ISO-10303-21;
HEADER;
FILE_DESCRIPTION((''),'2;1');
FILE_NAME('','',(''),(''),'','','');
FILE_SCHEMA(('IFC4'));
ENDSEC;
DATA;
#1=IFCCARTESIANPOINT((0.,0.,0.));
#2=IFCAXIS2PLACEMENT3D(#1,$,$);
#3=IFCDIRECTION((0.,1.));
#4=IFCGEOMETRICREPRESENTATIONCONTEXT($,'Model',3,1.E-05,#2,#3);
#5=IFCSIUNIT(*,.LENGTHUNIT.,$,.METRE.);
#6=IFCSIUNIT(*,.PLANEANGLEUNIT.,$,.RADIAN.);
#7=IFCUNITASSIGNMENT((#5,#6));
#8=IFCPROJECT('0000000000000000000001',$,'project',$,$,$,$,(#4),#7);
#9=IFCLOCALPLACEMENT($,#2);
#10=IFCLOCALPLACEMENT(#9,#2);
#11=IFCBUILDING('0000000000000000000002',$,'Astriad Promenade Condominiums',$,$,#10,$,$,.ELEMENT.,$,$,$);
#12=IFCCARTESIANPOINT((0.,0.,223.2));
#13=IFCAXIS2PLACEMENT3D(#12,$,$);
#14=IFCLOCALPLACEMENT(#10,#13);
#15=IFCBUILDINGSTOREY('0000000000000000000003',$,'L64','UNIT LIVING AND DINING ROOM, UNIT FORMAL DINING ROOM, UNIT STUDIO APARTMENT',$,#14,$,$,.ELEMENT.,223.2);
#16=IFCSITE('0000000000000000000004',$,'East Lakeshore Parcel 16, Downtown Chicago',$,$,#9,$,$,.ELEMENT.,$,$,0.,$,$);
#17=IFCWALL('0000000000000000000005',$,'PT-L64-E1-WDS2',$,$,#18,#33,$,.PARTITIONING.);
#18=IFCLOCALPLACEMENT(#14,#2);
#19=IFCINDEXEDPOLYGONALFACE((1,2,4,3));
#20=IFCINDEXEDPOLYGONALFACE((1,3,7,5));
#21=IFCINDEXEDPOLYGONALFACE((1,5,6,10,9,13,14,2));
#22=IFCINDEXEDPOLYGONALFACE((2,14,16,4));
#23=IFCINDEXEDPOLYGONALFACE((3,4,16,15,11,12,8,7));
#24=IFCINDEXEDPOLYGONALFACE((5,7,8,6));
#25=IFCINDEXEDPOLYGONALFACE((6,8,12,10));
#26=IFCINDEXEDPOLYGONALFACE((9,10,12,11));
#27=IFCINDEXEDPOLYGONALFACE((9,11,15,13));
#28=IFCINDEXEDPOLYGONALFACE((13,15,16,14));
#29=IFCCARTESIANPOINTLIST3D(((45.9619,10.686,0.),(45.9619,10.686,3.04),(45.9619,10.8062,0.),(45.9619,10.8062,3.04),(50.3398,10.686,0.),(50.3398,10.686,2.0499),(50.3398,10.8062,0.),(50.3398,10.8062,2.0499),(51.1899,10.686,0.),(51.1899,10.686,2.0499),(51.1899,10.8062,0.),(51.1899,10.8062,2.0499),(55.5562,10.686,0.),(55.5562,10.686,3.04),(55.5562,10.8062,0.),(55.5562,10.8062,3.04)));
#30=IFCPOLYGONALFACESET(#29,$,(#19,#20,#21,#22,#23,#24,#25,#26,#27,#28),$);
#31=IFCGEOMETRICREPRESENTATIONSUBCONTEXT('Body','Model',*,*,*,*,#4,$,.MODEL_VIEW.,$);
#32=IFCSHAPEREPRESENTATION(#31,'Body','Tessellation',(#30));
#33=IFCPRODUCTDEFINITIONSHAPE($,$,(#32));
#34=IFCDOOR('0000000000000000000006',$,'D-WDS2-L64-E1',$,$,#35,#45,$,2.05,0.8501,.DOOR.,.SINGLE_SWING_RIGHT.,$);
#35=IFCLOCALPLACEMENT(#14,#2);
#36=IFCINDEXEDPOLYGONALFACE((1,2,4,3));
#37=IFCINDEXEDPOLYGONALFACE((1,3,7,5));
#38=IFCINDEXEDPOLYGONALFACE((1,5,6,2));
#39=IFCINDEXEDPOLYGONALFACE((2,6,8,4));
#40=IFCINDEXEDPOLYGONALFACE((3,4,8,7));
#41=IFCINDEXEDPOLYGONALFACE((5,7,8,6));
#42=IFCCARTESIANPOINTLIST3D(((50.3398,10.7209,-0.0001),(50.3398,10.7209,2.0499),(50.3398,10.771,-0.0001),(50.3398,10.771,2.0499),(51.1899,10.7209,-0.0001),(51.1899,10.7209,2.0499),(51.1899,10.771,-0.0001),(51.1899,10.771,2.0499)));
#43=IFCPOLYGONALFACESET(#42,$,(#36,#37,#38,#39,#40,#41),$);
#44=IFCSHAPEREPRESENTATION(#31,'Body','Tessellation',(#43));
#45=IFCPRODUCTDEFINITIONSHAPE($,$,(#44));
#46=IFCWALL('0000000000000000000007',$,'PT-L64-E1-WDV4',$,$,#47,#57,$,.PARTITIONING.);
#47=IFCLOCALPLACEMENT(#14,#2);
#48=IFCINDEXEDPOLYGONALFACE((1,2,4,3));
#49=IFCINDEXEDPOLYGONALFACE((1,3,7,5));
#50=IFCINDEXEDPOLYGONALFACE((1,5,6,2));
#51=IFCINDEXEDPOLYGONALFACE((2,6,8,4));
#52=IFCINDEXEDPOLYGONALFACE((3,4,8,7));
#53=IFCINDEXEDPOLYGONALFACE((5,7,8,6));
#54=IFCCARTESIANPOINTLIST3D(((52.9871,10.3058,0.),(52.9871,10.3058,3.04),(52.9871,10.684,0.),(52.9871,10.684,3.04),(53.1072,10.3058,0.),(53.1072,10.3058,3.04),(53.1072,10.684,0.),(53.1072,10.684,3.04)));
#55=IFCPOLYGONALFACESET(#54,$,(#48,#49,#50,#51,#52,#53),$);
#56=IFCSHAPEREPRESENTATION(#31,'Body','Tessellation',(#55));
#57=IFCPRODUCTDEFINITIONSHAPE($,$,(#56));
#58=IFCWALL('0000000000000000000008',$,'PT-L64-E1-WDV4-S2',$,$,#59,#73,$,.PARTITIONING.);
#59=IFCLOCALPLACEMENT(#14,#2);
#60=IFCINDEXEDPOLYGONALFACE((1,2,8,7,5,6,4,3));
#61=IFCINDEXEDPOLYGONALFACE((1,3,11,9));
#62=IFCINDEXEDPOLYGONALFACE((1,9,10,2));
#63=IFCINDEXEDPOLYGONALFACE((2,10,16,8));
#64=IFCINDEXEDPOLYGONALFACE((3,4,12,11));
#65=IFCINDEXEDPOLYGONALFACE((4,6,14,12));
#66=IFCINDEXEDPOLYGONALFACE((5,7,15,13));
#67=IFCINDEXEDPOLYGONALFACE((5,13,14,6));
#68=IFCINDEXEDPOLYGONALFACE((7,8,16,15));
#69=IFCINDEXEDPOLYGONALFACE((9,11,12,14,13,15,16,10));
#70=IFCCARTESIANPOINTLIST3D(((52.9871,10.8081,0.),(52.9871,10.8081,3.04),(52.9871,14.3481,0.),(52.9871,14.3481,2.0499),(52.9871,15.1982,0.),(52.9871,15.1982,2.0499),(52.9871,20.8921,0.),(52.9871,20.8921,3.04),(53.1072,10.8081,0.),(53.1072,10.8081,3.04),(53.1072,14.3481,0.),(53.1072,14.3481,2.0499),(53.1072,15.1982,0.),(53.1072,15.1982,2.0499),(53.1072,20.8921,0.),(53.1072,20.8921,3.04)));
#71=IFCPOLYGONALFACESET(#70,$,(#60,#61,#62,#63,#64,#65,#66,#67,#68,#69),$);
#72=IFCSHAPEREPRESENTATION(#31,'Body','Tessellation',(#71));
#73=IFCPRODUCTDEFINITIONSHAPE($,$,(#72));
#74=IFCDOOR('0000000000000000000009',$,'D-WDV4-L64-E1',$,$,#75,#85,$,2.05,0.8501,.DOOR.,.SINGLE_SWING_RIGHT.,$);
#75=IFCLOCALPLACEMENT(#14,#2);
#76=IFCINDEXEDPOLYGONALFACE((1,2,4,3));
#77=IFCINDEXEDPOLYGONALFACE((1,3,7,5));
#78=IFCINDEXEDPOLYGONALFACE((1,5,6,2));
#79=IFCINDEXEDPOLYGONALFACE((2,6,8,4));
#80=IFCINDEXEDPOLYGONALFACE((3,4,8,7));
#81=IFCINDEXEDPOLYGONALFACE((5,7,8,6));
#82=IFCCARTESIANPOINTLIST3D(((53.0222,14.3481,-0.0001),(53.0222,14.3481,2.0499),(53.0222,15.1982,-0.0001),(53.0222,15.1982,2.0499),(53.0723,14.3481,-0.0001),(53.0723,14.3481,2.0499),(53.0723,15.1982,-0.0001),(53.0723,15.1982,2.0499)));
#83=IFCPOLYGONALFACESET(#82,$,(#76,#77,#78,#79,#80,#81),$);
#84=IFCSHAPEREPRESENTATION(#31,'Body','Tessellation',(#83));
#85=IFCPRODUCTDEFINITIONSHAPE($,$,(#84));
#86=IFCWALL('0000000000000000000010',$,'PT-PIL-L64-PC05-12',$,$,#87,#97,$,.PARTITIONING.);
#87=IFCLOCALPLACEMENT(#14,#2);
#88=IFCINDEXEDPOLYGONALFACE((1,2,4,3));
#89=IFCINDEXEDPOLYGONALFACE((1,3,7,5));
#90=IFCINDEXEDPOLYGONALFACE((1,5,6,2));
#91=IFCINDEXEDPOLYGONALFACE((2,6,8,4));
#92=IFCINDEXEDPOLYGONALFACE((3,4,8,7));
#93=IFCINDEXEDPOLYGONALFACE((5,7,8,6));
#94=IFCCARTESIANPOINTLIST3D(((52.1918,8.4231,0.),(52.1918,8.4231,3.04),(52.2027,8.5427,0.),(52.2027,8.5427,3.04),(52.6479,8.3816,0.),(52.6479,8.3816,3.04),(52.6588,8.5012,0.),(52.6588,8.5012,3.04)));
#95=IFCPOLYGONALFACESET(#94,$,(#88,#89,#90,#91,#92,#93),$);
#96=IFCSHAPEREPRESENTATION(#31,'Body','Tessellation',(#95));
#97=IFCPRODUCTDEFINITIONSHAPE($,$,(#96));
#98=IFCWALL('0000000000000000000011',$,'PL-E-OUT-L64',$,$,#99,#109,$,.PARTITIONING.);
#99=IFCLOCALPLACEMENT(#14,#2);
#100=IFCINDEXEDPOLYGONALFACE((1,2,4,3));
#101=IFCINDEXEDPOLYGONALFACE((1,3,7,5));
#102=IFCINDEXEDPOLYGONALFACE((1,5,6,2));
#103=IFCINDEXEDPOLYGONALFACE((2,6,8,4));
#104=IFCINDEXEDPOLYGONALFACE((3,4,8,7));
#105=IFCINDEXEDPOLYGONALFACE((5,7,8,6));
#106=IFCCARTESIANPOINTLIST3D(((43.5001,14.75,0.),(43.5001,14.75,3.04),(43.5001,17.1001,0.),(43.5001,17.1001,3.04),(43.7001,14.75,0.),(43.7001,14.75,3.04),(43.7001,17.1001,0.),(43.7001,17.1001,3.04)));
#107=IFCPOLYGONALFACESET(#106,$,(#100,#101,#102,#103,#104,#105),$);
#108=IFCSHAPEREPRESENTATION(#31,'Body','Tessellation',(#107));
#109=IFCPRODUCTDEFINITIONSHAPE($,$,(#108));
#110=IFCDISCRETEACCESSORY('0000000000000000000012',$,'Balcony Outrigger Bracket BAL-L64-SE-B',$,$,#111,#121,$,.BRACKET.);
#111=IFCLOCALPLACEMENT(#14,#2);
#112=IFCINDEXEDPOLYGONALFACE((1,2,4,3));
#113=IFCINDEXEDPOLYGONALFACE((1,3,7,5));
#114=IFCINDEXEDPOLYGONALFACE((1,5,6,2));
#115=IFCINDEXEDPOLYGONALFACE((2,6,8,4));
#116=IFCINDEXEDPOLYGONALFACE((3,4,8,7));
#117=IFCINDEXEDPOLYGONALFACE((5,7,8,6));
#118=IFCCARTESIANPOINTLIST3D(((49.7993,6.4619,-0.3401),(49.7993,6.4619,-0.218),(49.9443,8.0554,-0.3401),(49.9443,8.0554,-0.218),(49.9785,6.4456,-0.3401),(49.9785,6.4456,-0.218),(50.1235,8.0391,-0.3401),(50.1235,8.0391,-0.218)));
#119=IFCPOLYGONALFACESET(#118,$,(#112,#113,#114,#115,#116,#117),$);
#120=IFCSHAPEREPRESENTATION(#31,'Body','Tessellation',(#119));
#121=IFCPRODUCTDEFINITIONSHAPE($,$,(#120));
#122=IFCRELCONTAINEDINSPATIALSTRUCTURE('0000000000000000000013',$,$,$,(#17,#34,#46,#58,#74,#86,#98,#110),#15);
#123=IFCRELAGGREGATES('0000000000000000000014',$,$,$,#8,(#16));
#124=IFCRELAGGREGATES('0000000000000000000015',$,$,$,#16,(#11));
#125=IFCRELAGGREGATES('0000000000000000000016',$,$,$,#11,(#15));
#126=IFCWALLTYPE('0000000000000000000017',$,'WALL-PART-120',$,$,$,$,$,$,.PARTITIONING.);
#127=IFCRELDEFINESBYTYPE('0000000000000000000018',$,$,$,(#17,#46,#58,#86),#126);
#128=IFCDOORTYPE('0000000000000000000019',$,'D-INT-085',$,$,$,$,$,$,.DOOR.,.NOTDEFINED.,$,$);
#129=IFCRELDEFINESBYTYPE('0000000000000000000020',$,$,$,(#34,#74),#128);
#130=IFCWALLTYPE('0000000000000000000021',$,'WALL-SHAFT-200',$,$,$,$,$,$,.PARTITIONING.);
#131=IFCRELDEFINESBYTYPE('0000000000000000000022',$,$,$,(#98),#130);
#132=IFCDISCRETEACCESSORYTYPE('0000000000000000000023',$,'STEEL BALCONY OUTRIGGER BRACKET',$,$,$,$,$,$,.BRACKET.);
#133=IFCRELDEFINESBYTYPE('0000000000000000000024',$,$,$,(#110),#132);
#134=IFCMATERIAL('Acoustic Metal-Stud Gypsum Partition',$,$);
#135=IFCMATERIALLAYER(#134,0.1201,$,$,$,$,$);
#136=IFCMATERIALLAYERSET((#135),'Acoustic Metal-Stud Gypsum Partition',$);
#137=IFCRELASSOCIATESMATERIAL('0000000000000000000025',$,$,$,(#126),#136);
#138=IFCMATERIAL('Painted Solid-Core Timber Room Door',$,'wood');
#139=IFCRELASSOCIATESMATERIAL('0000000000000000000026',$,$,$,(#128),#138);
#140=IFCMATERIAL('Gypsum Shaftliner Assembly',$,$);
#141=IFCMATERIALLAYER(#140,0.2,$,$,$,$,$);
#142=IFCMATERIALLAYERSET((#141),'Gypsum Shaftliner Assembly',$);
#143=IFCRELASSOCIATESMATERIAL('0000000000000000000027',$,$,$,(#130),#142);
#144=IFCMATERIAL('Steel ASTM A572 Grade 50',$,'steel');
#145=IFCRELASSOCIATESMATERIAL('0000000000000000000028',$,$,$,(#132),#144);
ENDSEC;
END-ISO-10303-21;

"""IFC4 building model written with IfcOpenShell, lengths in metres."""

from ifc_helpers import new_model, si_unit, direction, frame, frame_2d, origin, origin_2d, place, context, subcontext, project, spatial, rectangle, extrude, source, transform, mapped, material, layer, layer_set, type_object, type_shapes, element, fill, save


model = new_model("IFC4")

# Units and contexts
model_context = context("Model", 3, precision=1e-05, world=origin(), true_north=direction((0.0, 1.0)))
body_context = subcontext(model_context, "Body", "Model", "MODEL_VIEW")
ifc_project = project(units=[si_unit("LENGTHUNIT", "METRE"), si_unit("PLANEANGLEUNIT", "RADIAN")], contexts=[model_context])

# Site, building, storey
site_placement = place(None, origin())
site = spatial("IfcSite", under=ifc_project, at=site_placement, Name="East Lakeshore Parcel 16, Downtown Chicago", CompositionType="ELEMENT", RefElevation=0.0)
building_placement = place(site_placement, origin())
building = spatial("IfcBuilding", under=site, at=building_placement, Name="Astriad Promenade Condominiums", CompositionType="ELEMENT")
storey_placement = place(building_placement, frame((0.0, 0.0, 223.2)))
storey = spatial("IfcBuildingStorey", under=building, at=storey_placement, Name="L64", Description="UNIT LIVING AND DINING ROOM, UNIT FORMAL DINING ROOM, UNIT STUDIO APARTMENT", CompositionType="ELEMENT", Elevation=223.2)

# Shared definitions
ifc_material_1 = material(Name="Acoustic Metal-Stud Gypsum Partition")
ifc_layer_1 = layer(ifc_material_1, 0.1201)
ifc_layer_set_1 = layer_set([ifc_layer_1], Name="Acoustic Metal-Stud Gypsum Partition")
wall_type_1 = type_object("IfcWallType", Name="WALL-PART-120", PredefinedType="PARTITIONING", material=ifc_layer_set_1)
ifc_material_2 = material(Name="Painted Solid-Core Timber Room Door", Category="wood")
door_type_1 = type_object("IfcDoorType", Name="D-INT-085", OperationType="NOTDEFINED", PredefinedType="DOOR", material=ifc_material_2)
shared_shape_1 = source(origin(), body_context, "Body", "SweptSolid", [
    extrude(rectangle(XDim=0.8501, YDim=2.05, at=frame_2d((0.425, 1.0249))), frame((0.0, 0.0249, 0.0), z_axis=(0.0, -1.0, 0.0), x_axis=(1.0, 0.0, 0.0)), (0.0, 0.0, 1.0), 0.05),
])
type_shapes(door_type_1, [shared_shape_1])

# Wall, opening, door
wall_1_placement = place(storey_placement, frame((45.9619, 10.7461, 0.0), z_axis=(0.0, 0.0, 1.0), x_axis=(1.0, 0.0, 0.0)))
wall_1 = element("IfcWall", 1, at=wall_1_placement, inside=storey, type_object=wall_type_1, Name="PT-L64-E1-WDS2", PredefinedType="PARTITIONING", context=body_context, shape_type="SweptSolid", body=[
    extrude(rectangle(XDim=9.5942, YDim=0.1201, at=frame_2d((4.7971, 0.0))), origin(), (0.0, 0.0, 1.0), 3.04),
])
opening_1_placement = place(wall_1_placement, frame((4.3779, 0.0, 0.0)))
opening_1 = element("IfcOpeningElement", 2, at=opening_1_placement, cuts=wall_1, PredefinedType="OPENING", context=body_context, shape_type="SweptSolid", body=[
    extrude(rectangle(XDim=0.8501, YDim=2.05, at=frame_2d((0.425, 1.0249))), frame((0.0, 0.0701, 0.0), z_axis=(0.0, -1.0, 0.0), x_axis=(1.0, 0.0, 0.0)), (0.0, 0.0, 1.0), 0.1401),
])
door_1_placement = place(opening_1_placement, origin())
door_1 = element("IfcDoor", 3, at=door_1_placement, inside=storey, type_object=door_type_1, Name="D-WDS2-L64-E1", OperationType="SINGLE_SWING_RIGHT", OverallHeight=2.05, OverallWidth=0.8501, PredefinedType="DOOR", context=body_context, shape_type="MappedRepresentation", body=[
    mapped(shared_shape_1, transform((0.0, 0.0, 0.0), scale=1.0)),
])
fill(opening_1, door_1)

# Wall
wall_2_placement = place(storey_placement, frame((53.0471, 10.3059, 0.0), z_axis=(0.0, 0.0, 1.0), x_axis=(0.0, 1.0, 0.0)))
element("IfcWall", 4, at=wall_2_placement, inside=storey, type_object=wall_type_1, Name="PT-L64-E1-WDV4", PredefinedType="PARTITIONING", context=body_context, shape_type="SweptSolid", body=[
    extrude(rectangle(XDim=0.3782, YDim=0.1201, at=frame_2d((0.189, 0.0))), origin(), (0.0, 0.0, 1.0), 3.04),
])

# Wall, opening, door
wall_3_placement = place(storey_placement, frame((53.0471, 10.8081, 0.0), z_axis=(0.0, 0.0, 1.0), x_axis=(0.0, 1.0, 0.0)))
wall_3 = element("IfcWall", 5, at=wall_3_placement, inside=storey, type_object=wall_type_1, Name="PT-L64-E1-WDV4-S2", PredefinedType="PARTITIONING", context=body_context, shape_type="SweptSolid", body=[
    extrude(rectangle(XDim=10.084, YDim=0.1201, at=frame_2d((5.042, 0.0))), origin(), (0.0, 0.0, 1.0), 3.04),
])
opening_2_placement = place(wall_3_placement, frame((3.54, 0.0, 0.0)))
opening_2 = element("IfcOpeningElement", 6, at=opening_2_placement, cuts=wall_3, PredefinedType="OPENING", context=body_context, shape_type="SweptSolid", body=[
    extrude(rectangle(XDim=0.8501, YDim=2.05, at=frame_2d((0.425, 1.0249))), frame((0.0, 0.0701, 0.0), z_axis=(0.0, -1.0, 0.0), x_axis=(1.0, 0.0, 0.0)), (0.0, 0.0, 1.0), 0.1401),
])
door_2_placement = place(opening_2_placement, origin())
door_2 = element("IfcDoor", 7, at=door_2_placement, inside=storey, type_object=door_type_1, Name="D-WDV4-L64-E1", OperationType="SINGLE_SWING_RIGHT", OverallHeight=2.05, OverallWidth=0.8501, PredefinedType="DOOR", context=body_context, shape_type="MappedRepresentation", body=[
    mapped(shared_shape_1, transform((0.0, 0.0, 0.0), scale=1.0)),
])
fill(opening_2, door_2)

# Walls
wall_4_placement = place(storey_placement, frame((52.1973, 8.4829, 0.0), z_axis=(0.0, 0.0, 1.0), x_axis=(0.995884, -0.090632, 0.0)))
element("IfcWall", 8, at=wall_4_placement, inside=storey, type_object=wall_type_1, Name="PT-PIL-L64-PC05-12", PredefinedType="PARTITIONING", context=body_context, shape_type="SweptSolid", body=[
    extrude(rectangle(XDim=0.458, YDim=0.1201, at=frame_2d((0.229, 0.0))), origin(), (0.0, 0.0, 1.0), 3.04),
])
ifc_material_3 = material(Name="Gypsum Shaftliner Assembly")
ifc_layer_2 = layer(ifc_material_3, 0.2)
ifc_layer_set_2 = layer_set([ifc_layer_2], Name="Gypsum Shaftliner Assembly")
wall_type_2 = type_object("IfcWallType", Name="WALL-SHAFT-200", PredefinedType="PARTITIONING", material=ifc_layer_set_2)
wall_5_placement = place(storey_placement, frame((43.6001, 14.75, 0.0), z_axis=(0.0, 0.0, 1.0), x_axis=(0.0, 1.0, 0.0)))
element("IfcWall", 9, at=wall_5_placement, inside=storey, type_object=wall_type_2, Name="PL-E-OUT-L64", PredefinedType="PARTITIONING", context=body_context, shape_type="SweptSolid", body=[
    extrude(rectangle(XDim=2.3501, YDim=0.2, at=frame_2d((1.175, 0.0))), origin(), (0.0, 0.0, 1.0), 3.04),
])

# Discrete accessory
ifc_material_4 = material(Name="Steel ASTM A572 Grade 50", Category="steel")
discrete_accessory_type = type_object("IfcDiscreteAccessoryType", Name="STEEL BALCONY OUTRIGGER BRACKET", PredefinedType="BRACKET", material=ifc_material_4)
shared_shape_2 = source(origin(), body_context, "Body", "SweptSolid", [
    extrude(rectangle(XDim=1.6001, YDim=0.1799, at=origin_2d()), origin(), (0.0, 0.0, 1.0), 0.1221),
])
type_shapes(discrete_accessory_type, [shared_shape_2])
discrete_accessory_placement = place(storey_placement, frame((49.9614, 7.2505, -0.3401), z_axis=(0.0, 0.0, 1.0), x_axis=(-0.090633, -0.995884, 0.0)))
element("IfcDiscreteAccessory", 10, at=discrete_accessory_placement, inside=storey, type_object=discrete_accessory_type, Name="Balcony Outrigger Bracket BAL-L64-SE-B", PredefinedType="BRACKET", context=body_context, shape_type="MappedRepresentation", body=[
    mapped(shared_shape_2, transform((0.0, 0.0, 0.0), scale=1.0)),
])

save(model, "model.ifc")
